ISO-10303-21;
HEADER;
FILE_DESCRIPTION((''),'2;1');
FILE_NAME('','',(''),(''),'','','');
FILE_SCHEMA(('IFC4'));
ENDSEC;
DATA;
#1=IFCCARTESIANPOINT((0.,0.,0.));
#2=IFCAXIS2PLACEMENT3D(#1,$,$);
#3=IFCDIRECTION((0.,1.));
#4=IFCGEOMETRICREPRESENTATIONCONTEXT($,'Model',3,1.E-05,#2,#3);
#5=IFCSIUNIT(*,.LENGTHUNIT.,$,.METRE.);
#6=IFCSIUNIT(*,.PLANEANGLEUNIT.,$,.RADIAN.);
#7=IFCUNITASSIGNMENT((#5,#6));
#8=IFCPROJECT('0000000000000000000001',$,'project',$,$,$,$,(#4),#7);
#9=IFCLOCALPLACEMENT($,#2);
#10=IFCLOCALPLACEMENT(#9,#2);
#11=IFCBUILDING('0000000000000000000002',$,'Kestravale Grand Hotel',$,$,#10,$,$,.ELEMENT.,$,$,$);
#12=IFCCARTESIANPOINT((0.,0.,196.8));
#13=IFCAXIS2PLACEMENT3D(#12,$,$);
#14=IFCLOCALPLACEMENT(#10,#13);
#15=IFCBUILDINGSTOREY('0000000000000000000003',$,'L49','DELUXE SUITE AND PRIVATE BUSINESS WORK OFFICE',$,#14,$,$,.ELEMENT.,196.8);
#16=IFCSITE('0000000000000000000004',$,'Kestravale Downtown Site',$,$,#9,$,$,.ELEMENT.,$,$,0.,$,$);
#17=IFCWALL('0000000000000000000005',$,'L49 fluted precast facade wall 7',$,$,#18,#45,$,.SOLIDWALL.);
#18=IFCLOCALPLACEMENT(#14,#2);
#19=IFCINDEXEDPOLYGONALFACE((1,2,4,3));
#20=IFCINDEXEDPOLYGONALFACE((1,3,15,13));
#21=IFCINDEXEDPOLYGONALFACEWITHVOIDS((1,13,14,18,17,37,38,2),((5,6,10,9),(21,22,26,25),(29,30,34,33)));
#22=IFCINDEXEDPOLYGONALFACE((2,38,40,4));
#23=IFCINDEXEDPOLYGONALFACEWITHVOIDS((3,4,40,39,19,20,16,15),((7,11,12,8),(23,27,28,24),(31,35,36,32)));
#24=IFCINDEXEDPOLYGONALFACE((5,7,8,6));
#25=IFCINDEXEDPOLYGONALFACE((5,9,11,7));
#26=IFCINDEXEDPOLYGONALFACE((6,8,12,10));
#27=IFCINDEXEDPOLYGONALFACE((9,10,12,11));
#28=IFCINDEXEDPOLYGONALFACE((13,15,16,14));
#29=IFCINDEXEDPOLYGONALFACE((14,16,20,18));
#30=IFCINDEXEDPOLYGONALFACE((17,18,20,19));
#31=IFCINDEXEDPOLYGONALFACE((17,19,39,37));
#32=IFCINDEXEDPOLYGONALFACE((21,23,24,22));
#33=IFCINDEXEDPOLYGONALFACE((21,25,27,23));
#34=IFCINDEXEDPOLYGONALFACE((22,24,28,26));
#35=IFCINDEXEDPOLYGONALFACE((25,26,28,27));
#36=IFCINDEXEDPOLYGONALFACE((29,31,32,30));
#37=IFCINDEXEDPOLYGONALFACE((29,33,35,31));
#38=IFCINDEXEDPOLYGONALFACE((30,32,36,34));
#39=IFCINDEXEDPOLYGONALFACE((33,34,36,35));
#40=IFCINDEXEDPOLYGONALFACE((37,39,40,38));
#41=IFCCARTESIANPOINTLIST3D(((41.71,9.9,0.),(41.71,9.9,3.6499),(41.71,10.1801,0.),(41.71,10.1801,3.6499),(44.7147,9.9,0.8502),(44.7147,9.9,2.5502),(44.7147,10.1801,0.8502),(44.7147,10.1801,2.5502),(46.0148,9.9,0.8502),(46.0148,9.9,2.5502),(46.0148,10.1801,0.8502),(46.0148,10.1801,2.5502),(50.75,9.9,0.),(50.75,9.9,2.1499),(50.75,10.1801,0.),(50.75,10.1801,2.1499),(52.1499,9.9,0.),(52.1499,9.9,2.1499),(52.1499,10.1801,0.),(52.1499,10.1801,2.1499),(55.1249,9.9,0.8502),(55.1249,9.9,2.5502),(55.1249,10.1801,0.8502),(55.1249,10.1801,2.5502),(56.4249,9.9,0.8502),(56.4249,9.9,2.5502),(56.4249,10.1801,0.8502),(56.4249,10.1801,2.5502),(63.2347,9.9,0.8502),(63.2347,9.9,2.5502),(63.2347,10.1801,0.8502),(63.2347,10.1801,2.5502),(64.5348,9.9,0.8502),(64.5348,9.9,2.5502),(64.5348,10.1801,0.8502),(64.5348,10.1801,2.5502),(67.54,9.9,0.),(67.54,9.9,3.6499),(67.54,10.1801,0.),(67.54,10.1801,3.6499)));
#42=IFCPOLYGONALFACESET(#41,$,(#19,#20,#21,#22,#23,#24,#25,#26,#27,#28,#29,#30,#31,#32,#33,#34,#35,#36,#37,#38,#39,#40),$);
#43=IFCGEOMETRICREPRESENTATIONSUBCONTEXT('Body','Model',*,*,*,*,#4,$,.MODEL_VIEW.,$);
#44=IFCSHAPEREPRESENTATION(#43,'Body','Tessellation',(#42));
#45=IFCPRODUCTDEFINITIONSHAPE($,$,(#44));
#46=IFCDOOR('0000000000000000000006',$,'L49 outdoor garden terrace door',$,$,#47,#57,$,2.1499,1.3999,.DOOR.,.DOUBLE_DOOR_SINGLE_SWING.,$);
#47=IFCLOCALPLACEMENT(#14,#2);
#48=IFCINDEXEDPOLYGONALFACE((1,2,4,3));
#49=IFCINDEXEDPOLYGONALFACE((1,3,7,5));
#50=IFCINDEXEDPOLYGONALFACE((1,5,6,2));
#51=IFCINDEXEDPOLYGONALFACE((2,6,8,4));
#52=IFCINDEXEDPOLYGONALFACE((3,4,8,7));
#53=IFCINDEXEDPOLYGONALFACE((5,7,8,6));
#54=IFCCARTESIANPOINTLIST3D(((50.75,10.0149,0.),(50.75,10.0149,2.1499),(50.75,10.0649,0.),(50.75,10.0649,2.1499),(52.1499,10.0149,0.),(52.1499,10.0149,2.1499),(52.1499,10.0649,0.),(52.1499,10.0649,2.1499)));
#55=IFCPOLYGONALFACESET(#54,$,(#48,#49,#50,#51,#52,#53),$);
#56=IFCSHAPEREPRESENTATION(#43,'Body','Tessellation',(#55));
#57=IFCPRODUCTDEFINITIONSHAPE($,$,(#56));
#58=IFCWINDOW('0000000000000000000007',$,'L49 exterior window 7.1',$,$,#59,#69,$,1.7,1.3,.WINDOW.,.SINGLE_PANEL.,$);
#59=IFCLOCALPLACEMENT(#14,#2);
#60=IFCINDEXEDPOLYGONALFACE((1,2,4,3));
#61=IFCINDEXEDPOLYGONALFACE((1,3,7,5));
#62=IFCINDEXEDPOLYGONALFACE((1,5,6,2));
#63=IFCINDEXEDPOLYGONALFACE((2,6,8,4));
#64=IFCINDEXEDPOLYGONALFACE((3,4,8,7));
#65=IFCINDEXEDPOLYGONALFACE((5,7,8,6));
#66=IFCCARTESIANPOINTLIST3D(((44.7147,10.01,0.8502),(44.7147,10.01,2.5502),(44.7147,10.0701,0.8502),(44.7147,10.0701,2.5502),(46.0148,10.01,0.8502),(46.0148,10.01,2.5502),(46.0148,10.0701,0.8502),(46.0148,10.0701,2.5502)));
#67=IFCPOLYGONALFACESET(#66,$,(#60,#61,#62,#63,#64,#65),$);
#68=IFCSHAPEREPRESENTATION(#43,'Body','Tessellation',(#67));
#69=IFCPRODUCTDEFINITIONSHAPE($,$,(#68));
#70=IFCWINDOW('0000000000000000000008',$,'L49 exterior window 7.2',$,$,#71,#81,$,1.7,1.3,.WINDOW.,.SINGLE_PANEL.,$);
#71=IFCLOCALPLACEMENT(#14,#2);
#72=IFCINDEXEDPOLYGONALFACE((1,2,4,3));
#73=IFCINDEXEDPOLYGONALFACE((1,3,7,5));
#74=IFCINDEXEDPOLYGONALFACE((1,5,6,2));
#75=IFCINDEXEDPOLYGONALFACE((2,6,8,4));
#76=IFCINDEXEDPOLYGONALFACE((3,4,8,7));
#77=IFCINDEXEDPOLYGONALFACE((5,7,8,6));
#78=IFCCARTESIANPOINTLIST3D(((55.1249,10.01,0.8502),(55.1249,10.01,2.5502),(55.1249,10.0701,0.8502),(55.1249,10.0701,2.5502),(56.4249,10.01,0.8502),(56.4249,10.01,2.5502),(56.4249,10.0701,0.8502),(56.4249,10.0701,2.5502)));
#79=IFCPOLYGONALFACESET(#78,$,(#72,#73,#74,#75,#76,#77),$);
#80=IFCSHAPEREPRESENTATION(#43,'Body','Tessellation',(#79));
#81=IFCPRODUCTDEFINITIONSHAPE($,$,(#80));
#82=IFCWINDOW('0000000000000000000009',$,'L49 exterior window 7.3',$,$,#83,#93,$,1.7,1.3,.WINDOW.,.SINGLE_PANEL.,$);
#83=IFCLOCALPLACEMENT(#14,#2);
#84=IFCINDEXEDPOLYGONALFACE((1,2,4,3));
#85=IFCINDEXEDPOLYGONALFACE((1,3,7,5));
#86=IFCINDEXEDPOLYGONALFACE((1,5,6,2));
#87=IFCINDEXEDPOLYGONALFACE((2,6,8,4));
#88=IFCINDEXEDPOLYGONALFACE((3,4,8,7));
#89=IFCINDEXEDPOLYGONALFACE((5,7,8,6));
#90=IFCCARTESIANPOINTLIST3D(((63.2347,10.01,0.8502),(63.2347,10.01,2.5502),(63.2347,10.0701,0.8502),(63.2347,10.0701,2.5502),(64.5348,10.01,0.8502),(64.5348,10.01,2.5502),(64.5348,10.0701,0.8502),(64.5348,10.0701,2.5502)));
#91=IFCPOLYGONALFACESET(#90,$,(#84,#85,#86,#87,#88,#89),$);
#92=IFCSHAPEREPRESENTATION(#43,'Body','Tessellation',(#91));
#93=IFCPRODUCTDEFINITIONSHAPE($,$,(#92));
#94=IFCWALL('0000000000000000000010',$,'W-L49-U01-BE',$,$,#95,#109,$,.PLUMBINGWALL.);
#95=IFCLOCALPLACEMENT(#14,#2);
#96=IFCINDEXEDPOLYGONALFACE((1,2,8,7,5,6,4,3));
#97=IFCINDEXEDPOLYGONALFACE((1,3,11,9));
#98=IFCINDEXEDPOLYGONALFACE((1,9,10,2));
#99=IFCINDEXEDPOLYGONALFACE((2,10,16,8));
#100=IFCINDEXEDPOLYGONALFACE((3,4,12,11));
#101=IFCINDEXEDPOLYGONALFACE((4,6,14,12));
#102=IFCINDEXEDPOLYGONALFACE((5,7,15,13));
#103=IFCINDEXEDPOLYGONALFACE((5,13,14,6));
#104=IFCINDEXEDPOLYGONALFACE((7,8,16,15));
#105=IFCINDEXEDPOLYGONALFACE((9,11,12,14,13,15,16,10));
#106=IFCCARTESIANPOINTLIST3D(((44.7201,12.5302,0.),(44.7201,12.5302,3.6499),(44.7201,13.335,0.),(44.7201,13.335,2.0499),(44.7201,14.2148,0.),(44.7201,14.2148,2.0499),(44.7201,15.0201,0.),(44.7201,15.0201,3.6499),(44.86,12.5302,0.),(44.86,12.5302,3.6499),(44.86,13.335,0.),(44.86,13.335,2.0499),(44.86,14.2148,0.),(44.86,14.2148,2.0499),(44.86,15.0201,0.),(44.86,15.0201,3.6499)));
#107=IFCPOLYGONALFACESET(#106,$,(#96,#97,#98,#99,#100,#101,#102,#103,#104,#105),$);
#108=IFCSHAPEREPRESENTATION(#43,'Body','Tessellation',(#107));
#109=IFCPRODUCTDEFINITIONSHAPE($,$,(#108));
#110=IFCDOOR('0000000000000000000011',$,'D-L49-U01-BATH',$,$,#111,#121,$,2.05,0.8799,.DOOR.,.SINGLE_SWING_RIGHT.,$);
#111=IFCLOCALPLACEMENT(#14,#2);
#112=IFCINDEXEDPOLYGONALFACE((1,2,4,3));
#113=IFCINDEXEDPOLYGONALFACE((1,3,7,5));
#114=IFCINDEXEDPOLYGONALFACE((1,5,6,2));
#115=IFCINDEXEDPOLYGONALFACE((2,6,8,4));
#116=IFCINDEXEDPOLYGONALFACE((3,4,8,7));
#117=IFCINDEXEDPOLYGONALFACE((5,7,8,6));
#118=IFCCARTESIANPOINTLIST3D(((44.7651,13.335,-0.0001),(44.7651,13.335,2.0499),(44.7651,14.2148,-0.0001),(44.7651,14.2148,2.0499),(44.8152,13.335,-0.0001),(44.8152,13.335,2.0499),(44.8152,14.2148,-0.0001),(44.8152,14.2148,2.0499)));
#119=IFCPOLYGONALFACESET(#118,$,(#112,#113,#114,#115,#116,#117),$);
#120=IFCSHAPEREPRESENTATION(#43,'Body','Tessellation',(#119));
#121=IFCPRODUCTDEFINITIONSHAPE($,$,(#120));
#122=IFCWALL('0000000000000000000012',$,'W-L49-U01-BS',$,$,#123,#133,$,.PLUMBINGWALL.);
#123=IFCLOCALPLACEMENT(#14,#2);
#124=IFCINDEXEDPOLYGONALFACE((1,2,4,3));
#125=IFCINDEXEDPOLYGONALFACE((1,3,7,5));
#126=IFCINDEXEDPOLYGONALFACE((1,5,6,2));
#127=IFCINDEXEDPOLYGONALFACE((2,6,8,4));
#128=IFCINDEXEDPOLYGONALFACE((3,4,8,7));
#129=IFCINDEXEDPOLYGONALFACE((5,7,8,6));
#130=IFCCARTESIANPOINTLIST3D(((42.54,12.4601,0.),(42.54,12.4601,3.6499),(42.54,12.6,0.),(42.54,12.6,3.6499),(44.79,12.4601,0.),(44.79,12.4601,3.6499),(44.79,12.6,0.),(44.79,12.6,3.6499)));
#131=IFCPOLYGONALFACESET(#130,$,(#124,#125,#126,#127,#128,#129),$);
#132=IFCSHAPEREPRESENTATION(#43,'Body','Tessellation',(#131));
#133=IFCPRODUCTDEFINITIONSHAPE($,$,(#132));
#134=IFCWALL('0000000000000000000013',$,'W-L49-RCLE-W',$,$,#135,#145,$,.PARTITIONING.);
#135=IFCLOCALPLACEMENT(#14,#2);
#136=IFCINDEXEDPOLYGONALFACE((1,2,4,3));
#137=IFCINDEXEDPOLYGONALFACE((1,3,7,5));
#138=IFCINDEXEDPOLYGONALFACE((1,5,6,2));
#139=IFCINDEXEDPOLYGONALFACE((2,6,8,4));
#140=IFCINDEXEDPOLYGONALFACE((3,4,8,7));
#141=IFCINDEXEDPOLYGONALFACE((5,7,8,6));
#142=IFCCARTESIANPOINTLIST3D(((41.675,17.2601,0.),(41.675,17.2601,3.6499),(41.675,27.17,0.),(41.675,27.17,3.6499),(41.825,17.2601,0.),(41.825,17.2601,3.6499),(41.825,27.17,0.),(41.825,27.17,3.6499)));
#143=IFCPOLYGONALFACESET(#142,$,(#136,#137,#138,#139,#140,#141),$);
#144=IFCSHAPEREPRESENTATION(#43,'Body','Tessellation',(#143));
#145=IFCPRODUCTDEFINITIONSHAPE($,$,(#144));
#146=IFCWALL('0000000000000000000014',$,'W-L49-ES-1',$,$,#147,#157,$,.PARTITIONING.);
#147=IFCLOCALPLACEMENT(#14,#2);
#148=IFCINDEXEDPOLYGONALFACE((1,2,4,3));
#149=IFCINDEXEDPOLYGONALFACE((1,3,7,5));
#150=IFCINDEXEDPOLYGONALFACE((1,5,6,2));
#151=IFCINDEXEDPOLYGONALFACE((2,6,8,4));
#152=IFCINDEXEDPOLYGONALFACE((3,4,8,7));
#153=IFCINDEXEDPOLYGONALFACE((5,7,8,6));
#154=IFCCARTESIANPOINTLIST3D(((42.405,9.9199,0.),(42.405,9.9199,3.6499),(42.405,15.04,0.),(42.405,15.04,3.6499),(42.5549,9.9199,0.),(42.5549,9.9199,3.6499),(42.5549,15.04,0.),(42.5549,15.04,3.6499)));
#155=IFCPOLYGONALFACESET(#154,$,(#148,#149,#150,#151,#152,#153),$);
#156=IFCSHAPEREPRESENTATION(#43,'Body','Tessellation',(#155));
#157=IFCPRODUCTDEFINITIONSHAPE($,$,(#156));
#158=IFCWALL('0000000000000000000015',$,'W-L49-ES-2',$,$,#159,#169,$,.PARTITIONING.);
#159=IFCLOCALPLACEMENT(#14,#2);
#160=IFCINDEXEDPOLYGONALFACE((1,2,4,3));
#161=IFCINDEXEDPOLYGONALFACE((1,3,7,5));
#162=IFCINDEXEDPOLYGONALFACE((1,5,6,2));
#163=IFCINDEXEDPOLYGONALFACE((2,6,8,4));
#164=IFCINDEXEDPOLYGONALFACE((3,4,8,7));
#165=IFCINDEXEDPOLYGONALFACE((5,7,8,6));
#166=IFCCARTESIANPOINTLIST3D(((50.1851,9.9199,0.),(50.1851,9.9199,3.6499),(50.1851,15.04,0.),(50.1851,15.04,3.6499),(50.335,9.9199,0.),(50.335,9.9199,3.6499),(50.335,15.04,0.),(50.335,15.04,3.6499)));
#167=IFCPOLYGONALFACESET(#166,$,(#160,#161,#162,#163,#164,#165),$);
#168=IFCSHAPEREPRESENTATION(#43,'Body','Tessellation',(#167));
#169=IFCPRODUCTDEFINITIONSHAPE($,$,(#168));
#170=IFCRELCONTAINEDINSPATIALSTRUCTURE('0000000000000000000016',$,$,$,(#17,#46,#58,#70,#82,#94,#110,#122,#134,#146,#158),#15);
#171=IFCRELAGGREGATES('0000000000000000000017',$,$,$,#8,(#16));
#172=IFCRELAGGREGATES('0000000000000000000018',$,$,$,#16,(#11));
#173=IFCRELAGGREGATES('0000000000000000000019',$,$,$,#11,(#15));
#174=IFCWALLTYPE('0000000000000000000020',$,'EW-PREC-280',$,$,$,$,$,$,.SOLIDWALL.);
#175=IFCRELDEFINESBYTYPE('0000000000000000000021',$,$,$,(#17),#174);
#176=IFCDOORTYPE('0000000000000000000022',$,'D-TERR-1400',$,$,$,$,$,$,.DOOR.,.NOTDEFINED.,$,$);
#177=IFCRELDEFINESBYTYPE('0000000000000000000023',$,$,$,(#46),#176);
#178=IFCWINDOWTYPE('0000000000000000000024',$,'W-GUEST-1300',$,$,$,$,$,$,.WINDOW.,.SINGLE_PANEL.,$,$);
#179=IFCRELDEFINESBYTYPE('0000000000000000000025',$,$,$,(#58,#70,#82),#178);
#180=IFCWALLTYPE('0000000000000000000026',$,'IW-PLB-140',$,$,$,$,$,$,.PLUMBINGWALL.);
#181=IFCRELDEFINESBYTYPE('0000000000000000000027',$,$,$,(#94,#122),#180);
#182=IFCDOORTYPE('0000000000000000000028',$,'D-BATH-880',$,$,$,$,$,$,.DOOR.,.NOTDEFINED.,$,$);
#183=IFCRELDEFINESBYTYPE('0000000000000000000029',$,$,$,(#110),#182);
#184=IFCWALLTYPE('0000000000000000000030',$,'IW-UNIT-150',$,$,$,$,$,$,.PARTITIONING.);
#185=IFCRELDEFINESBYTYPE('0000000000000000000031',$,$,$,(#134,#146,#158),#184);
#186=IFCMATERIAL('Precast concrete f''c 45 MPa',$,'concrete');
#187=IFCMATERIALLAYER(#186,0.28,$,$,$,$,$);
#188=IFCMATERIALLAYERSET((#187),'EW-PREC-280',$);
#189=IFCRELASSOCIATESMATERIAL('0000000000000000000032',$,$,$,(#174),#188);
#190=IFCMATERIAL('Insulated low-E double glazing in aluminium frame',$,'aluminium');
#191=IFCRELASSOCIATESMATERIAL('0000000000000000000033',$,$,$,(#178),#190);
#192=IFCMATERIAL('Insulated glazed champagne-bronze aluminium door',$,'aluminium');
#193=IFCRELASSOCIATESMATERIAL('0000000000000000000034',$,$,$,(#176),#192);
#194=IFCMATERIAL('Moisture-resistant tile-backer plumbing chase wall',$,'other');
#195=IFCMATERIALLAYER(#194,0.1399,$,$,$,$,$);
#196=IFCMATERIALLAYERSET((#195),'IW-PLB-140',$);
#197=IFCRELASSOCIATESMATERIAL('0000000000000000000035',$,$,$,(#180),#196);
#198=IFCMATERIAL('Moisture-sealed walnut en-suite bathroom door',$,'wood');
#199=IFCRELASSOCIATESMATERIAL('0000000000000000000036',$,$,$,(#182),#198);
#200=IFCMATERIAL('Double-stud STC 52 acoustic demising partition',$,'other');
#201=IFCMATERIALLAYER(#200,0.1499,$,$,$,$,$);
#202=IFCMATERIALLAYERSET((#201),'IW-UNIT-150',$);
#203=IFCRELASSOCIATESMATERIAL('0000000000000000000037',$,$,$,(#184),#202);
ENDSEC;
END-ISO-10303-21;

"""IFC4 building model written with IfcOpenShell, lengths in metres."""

from ifc_helpers import new_model, si_unit, direction, frame, frame_2d, origin, place, context, subcontext, project, spatial, rectangle, extrude, material, layer, layer_set, type_object, element, fill, save


model = new_model("IFC4")

# Units and contexts
model_context = context("Model", 3, precision=1e-05, world=origin(), true_north=direction((0.0, 1.0)))
body_context = subcontext(model_context, "Body", "Model", "MODEL_VIEW")
ifc_project = project(units=[si_unit("LENGTHUNIT", "METRE"), si_unit("PLANEANGLEUNIT", "RADIAN")], contexts=[model_context])

# Site, building, storey
site_placement = place(None, origin())
site = spatial("IfcSite", under=ifc_project, at=site_placement, Name="Kestravale Downtown Site", CompositionType="ELEMENT", RefElevation=0.0)
building_placement = place(site_placement, origin())
building = spatial("IfcBuilding", under=site, at=building_placement, Name="Kestravale Grand Hotel", CompositionType="ELEMENT")
storey_placement = place(building_placement, frame((0.0, 0.0, 196.8)))
storey = spatial("IfcBuildingStorey", under=building, at=storey_placement, Name="L49", Description="DELUXE SUITE AND PRIVATE BUSINESS WORK OFFICE", CompositionType="ELEMENT", Elevation=196.8)

# Shared definitions
ifc_material_1 = material(Name="Precast concrete f'c 45 MPa", Category="concrete")
ifc_layer_1 = layer(ifc_material_1, 0.28)
ifc_layer_set_1 = layer_set([ifc_layer_1], Name="EW-PREC-280")
wall_type_1 = type_object("IfcWallType", Name="EW-PREC-280", PredefinedType="SOLIDWALL", material=ifc_layer_set_1)
ifc_material_2 = material(Name="Insulated low-E double glazing in aluminium frame", Category="aluminium")
window_type = type_object("IfcWindowType", Name="W-GUEST-1300", PartitioningType="SINGLE_PANEL", PredefinedType="WINDOW", material=ifc_material_2)

# Wall, openings, door, windows
wall_1_placement = place(storey_placement, frame((41.71, 10.04, 0.0), z_axis=(0.0, 0.0, 1.0), x_axis=(1.0, 0.0, 0.0)))
wall_1 = element("IfcWall", 1, at=wall_1_placement, inside=storey, type_object=wall_type_1, Name="L49 fluted precast facade wall 7", PredefinedType="SOLIDWALL", context=body_context, shape_type="SweptSolid", body=[
    extrude(rectangle(XDim=25.8301, YDim=0.28, at=frame_2d((12.915, 0.0))), origin(), (0.0, 0.0, 1.0), 3.6499),
])
opening_1_placement = place(wall_1_placement, frame((9.04, 0.0, 0.0)))
opening_1 = element("IfcOpeningElement", 2, at=opening_1_placement, cuts=wall_1, PredefinedType="OPENING", context=body_context, shape_type="SweptSolid", body=[
    extrude(rectangle(XDim=1.3999, YDim=2.1499, at=frame_2d((0.7, 1.075))), frame((0.0, 0.1499, 0.0), z_axis=(0.0, -1.0, 0.0), x_axis=(1.0, 0.0, 0.0)), (0.0, 0.0, 1.0), 0.3),
])
opening_2_placement = place(wall_1_placement, frame((3.0049, 0.0, 0.8501)))
opening_2 = element("IfcOpeningElement", 3, at=opening_2_placement, cuts=wall_1, PredefinedType="OPENING", context=body_context, shape_type="SweptSolid", body=[
    extrude(rectangle(XDim=1.3, YDim=1.7, at=frame_2d((0.6499, 0.8501))), frame((0.0, 0.1499, 0.0), z_axis=(0.0, -1.0, 0.0), x_axis=(1.0, 0.0, 0.0)), (0.0, 0.0, 1.0), 0.3),
])
opening_3_placement = place(wall_1_placement, frame((13.415, 0.0, 0.8501)))
opening_3 = element("IfcOpeningElement", 4, at=opening_3_placement, cuts=wall_1, PredefinedType="OPENING", context=body_context, shape_type="SweptSolid", body=[
    extrude(rectangle(XDim=1.3, YDim=1.7, at=frame_2d((0.6499, 0.8501))), frame((0.0, 0.1499, 0.0), z_axis=(0.0, -1.0, 0.0), x_axis=(1.0, 0.0, 0.0)), (0.0, 0.0, 1.0), 0.3),
])
opening_4_placement = place(wall_1_placement, frame((21.5249, 0.0, 0.8501)))
opening_4 = element("IfcOpeningElement", 5, at=opening_4_placement, cuts=wall_1, PredefinedType="OPENING", context=body_context, shape_type="SweptSolid", body=[
    extrude(rectangle(XDim=1.3, YDim=1.7, at=frame_2d((0.6499, 0.8501))), frame((0.0, 0.1499, 0.0), z_axis=(0.0, -1.0, 0.0), x_axis=(1.0, 0.0, 0.0)), (0.0, 0.0, 1.0), 0.3),
])
ifc_material_3 = material(Name="Insulated glazed champagne-bronze aluminium door", Category="aluminium")
door_type_1 = type_object("IfcDoorType", Name="D-TERR-1400", OperationType="NOTDEFINED", PredefinedType="DOOR", material=ifc_material_3)
door_1_placement = place(opening_1_placement, origin())
door_1 = element("IfcDoor", 6, at=door_1_placement, inside=storey, type_object=door_type_1, Name="L49 outdoor garden terrace door", OperationType="DOUBLE_DOOR_SINGLE_SWING", OverallHeight=2.1499, OverallWidth=1.3999, PredefinedType="DOOR", context=body_context, shape_type="SweptSolid", body=[
    extrude(rectangle(XDim=1.3999, YDim=2.1499, at=frame_2d((0.7, 1.075))), frame((0.0, 0.0249, 0.0), z_axis=(0.0, -1.0, 0.0), x_axis=(1.0, 0.0, 0.0)), (0.0, 0.0, 1.0), 0.05),
])
fill(opening_1, door_1)
window_1_placement = place(opening_2_placement, origin())
window_1 = element("IfcWindow", 7, at=window_1_placement, inside=storey, type_object=window_type, Name="L49 exterior window 7.1", OverallHeight=1.7, OverallWidth=1.3, PartitioningType="SINGLE_PANEL", PredefinedType="WINDOW", context=body_context, shape_type="SweptSolid", body=[
    extrude(rectangle(XDim=1.3, YDim=1.7, at=frame_2d((0.6499, 0.8501))), frame((0.0, 0.03, 0.0), z_axis=(0.0, -1.0, 0.0), x_axis=(1.0, 0.0, 0.0)), (0.0, 0.0, 1.0), 0.0601),
])
fill(opening_2, window_1)
window_2_placement = place(opening_3_placement, origin())
window_2 = element("IfcWindow", 8, at=window_2_placement, inside=storey, type_object=window_type, Name="L49 exterior window 7.2", OverallHeight=1.7, OverallWidth=1.3, PartitioningType="SINGLE_PANEL", PredefinedType="WINDOW", context=body_context, shape_type="SweptSolid", body=[
    extrude(rectangle(XDim=1.3, YDim=1.7, at=frame_2d((0.6499, 0.8501))), frame((0.0, 0.03, 0.0), z_axis=(0.0, -1.0, 0.0), x_axis=(1.0, 0.0, 0.0)), (0.0, 0.0, 1.0), 0.0601),
])
fill(opening_3, window_2)
window_3_placement = place(opening_4_placement, origin())
window_3 = element("IfcWindow", 9, at=window_3_placement, inside=storey, type_object=window_type, Name="L49 exterior window 7.3", OverallHeight=1.7, OverallWidth=1.3, PartitioningType="SINGLE_PANEL", PredefinedType="WINDOW", context=body_context, shape_type="SweptSolid", body=[
    extrude(rectangle(XDim=1.3, YDim=1.7, at=frame_2d((0.6499, 0.8501))), frame((0.0, 0.03, 0.0), z_axis=(0.0, -1.0, 0.0), x_axis=(1.0, 0.0, 0.0)), (0.0, 0.0, 1.0), 0.0601),
])
fill(opening_4, window_3)

# Wall, opening, door
ifc_material_4 = material(Name="Moisture-resistant tile-backer plumbing chase wall", Category="other")
ifc_layer_2 = layer(ifc_material_4, 0.1399)
ifc_layer_set_2 = layer_set([ifc_layer_2], Name="IW-PLB-140")
wall_type_2 = type_object("IfcWallType", Name="IW-PLB-140", PredefinedType="PLUMBINGWALL", material=ifc_layer_set_2)
wall_2_placement = place(storey_placement, frame((44.79, 12.53, 0.0), z_axis=(0.0, 0.0, 1.0), x_axis=(0.0, 1.0, 0.0)))
wall_2 = element("IfcWall", 10, at=wall_2_placement, inside=storey, type_object=wall_type_2, Name="W-L49-U01-BE", PredefinedType="PLUMBINGWALL", context=body_context, shape_type="SweptSolid", body=[
    extrude(rectangle(XDim=2.49, YDim=0.1399, at=frame_2d((1.2451, 0.0))), origin(), (0.0, 0.0, 1.0), 3.6499),
])
opening_5_placement = place(wall_2_placement, frame((0.8049, 0.0, 0.0)))
opening_5 = element("IfcOpeningElement", 11, at=opening_5_placement, cuts=wall_2, PredefinedType="OPENING", context=body_context, shape_type="SweptSolid", body=[
    extrude(rectangle(XDim=0.8799, YDim=2.05, at=frame_2d((0.4399, 1.0249))), frame((0.0, 0.0798, 0.0), z_axis=(0.0, -1.0, 0.0), x_axis=(1.0, 0.0, 0.0)), (0.0, 0.0, 1.0), 0.1599),
])
ifc_material_5 = material(Name="Moisture-sealed walnut en-suite bathroom door", Category="wood")
door_type_2 = type_object("IfcDoorType", Name="D-BATH-880", OperationType="NOTDEFINED", PredefinedType="DOOR", material=ifc_material_5)
door_2_placement = place(opening_5_placement, origin())
door_2 = element("IfcDoor", 12, at=door_2_placement, inside=storey, type_object=door_type_2, Name="D-L49-U01-BATH", OperationType="SINGLE_SWING_RIGHT", OverallHeight=2.05, OverallWidth=0.8799, PredefinedType="DOOR", context=body_context, shape_type="SweptSolid", body=[
    extrude(rectangle(XDim=0.8799, YDim=2.05, at=frame_2d((0.4399, 1.0249))), frame((0.0, 0.0249, 0.0), z_axis=(0.0, -1.0, 0.0), x_axis=(1.0, 0.0, 0.0)), (0.0, 0.0, 1.0), 0.05),
])
fill(opening_5, door_2)

# Walls
wall_3_placement = place(storey_placement, frame((42.54, 12.53, 0.0), z_axis=(0.0, 0.0, 1.0), x_axis=(1.0, 0.0, 0.0)))
element("IfcWall", 13, at=wall_3_placement, inside=storey, type_object=wall_type_2, Name="W-L49-U01-BS", PredefinedType="PLUMBINGWALL", context=body_context, shape_type="SweptSolid", body=[
    extrude(rectangle(XDim=2.25, YDim=0.1399, at=frame_2d((1.125, 0.0))), origin(), (0.0, 0.0, 1.0), 3.6499),
])
ifc_material_6 = material(Name="Double-stud STC 52 acoustic demising partition", Category="other")
ifc_layer_3 = layer(ifc_material_6, 0.1499)
ifc_layer_set_3 = layer_set([ifc_layer_3], Name="IW-UNIT-150")
wall_type_3 = type_object("IfcWallType", Name="IW-UNIT-150", PredefinedType="PARTITIONING", material=ifc_layer_set_3)
wall_4_placement = place(storey_placement, frame((41.75, 17.26, 0.0), z_axis=(0.0, 0.0, 1.0), x_axis=(0.0, 1.0, 0.0)))
element("IfcWall", 14, at=wall_4_placement, inside=storey, type_object=wall_type_3, Name="W-L49-RCLE-W", PredefinedType="PARTITIONING", context=body_context, shape_type="SweptSolid", body=[
    extrude(rectangle(XDim=9.9099, YDim=0.1499, at=frame_2d((4.9551, 0.0))), origin(), (0.0, 0.0, 1.0), 3.6499),
])
for number, where, z_axis, x_axis, name in (
    (15, (42.48, 9.9199, 0.0), (0.0, 0.0, 1.0), (0.0, 1.0, 0.0), "W-L49-ES-1"),
    (16, (50.26, 9.9199, 0.0), (0.0, 0.0, 1.0), (0.0, 1.0, 0.0), "W-L49-ES-2"),
):
    element("IfcWall", number, at=place(storey_placement, frame(where, z_axis=z_axis, x_axis=x_axis)), inside=storey, type_object=wall_type_3, Name=name, PredefinedType="PARTITIONING", context=body_context, shape_type="SweptSolid", body=[
        extrude(rectangle(XDim=5.1201, YDim=0.1499, at=frame_2d((2.5601, 0.0))), origin(), (0.0, 0.0, 1.0), 3.6499),
    ])

save(model, "model.ifc")
